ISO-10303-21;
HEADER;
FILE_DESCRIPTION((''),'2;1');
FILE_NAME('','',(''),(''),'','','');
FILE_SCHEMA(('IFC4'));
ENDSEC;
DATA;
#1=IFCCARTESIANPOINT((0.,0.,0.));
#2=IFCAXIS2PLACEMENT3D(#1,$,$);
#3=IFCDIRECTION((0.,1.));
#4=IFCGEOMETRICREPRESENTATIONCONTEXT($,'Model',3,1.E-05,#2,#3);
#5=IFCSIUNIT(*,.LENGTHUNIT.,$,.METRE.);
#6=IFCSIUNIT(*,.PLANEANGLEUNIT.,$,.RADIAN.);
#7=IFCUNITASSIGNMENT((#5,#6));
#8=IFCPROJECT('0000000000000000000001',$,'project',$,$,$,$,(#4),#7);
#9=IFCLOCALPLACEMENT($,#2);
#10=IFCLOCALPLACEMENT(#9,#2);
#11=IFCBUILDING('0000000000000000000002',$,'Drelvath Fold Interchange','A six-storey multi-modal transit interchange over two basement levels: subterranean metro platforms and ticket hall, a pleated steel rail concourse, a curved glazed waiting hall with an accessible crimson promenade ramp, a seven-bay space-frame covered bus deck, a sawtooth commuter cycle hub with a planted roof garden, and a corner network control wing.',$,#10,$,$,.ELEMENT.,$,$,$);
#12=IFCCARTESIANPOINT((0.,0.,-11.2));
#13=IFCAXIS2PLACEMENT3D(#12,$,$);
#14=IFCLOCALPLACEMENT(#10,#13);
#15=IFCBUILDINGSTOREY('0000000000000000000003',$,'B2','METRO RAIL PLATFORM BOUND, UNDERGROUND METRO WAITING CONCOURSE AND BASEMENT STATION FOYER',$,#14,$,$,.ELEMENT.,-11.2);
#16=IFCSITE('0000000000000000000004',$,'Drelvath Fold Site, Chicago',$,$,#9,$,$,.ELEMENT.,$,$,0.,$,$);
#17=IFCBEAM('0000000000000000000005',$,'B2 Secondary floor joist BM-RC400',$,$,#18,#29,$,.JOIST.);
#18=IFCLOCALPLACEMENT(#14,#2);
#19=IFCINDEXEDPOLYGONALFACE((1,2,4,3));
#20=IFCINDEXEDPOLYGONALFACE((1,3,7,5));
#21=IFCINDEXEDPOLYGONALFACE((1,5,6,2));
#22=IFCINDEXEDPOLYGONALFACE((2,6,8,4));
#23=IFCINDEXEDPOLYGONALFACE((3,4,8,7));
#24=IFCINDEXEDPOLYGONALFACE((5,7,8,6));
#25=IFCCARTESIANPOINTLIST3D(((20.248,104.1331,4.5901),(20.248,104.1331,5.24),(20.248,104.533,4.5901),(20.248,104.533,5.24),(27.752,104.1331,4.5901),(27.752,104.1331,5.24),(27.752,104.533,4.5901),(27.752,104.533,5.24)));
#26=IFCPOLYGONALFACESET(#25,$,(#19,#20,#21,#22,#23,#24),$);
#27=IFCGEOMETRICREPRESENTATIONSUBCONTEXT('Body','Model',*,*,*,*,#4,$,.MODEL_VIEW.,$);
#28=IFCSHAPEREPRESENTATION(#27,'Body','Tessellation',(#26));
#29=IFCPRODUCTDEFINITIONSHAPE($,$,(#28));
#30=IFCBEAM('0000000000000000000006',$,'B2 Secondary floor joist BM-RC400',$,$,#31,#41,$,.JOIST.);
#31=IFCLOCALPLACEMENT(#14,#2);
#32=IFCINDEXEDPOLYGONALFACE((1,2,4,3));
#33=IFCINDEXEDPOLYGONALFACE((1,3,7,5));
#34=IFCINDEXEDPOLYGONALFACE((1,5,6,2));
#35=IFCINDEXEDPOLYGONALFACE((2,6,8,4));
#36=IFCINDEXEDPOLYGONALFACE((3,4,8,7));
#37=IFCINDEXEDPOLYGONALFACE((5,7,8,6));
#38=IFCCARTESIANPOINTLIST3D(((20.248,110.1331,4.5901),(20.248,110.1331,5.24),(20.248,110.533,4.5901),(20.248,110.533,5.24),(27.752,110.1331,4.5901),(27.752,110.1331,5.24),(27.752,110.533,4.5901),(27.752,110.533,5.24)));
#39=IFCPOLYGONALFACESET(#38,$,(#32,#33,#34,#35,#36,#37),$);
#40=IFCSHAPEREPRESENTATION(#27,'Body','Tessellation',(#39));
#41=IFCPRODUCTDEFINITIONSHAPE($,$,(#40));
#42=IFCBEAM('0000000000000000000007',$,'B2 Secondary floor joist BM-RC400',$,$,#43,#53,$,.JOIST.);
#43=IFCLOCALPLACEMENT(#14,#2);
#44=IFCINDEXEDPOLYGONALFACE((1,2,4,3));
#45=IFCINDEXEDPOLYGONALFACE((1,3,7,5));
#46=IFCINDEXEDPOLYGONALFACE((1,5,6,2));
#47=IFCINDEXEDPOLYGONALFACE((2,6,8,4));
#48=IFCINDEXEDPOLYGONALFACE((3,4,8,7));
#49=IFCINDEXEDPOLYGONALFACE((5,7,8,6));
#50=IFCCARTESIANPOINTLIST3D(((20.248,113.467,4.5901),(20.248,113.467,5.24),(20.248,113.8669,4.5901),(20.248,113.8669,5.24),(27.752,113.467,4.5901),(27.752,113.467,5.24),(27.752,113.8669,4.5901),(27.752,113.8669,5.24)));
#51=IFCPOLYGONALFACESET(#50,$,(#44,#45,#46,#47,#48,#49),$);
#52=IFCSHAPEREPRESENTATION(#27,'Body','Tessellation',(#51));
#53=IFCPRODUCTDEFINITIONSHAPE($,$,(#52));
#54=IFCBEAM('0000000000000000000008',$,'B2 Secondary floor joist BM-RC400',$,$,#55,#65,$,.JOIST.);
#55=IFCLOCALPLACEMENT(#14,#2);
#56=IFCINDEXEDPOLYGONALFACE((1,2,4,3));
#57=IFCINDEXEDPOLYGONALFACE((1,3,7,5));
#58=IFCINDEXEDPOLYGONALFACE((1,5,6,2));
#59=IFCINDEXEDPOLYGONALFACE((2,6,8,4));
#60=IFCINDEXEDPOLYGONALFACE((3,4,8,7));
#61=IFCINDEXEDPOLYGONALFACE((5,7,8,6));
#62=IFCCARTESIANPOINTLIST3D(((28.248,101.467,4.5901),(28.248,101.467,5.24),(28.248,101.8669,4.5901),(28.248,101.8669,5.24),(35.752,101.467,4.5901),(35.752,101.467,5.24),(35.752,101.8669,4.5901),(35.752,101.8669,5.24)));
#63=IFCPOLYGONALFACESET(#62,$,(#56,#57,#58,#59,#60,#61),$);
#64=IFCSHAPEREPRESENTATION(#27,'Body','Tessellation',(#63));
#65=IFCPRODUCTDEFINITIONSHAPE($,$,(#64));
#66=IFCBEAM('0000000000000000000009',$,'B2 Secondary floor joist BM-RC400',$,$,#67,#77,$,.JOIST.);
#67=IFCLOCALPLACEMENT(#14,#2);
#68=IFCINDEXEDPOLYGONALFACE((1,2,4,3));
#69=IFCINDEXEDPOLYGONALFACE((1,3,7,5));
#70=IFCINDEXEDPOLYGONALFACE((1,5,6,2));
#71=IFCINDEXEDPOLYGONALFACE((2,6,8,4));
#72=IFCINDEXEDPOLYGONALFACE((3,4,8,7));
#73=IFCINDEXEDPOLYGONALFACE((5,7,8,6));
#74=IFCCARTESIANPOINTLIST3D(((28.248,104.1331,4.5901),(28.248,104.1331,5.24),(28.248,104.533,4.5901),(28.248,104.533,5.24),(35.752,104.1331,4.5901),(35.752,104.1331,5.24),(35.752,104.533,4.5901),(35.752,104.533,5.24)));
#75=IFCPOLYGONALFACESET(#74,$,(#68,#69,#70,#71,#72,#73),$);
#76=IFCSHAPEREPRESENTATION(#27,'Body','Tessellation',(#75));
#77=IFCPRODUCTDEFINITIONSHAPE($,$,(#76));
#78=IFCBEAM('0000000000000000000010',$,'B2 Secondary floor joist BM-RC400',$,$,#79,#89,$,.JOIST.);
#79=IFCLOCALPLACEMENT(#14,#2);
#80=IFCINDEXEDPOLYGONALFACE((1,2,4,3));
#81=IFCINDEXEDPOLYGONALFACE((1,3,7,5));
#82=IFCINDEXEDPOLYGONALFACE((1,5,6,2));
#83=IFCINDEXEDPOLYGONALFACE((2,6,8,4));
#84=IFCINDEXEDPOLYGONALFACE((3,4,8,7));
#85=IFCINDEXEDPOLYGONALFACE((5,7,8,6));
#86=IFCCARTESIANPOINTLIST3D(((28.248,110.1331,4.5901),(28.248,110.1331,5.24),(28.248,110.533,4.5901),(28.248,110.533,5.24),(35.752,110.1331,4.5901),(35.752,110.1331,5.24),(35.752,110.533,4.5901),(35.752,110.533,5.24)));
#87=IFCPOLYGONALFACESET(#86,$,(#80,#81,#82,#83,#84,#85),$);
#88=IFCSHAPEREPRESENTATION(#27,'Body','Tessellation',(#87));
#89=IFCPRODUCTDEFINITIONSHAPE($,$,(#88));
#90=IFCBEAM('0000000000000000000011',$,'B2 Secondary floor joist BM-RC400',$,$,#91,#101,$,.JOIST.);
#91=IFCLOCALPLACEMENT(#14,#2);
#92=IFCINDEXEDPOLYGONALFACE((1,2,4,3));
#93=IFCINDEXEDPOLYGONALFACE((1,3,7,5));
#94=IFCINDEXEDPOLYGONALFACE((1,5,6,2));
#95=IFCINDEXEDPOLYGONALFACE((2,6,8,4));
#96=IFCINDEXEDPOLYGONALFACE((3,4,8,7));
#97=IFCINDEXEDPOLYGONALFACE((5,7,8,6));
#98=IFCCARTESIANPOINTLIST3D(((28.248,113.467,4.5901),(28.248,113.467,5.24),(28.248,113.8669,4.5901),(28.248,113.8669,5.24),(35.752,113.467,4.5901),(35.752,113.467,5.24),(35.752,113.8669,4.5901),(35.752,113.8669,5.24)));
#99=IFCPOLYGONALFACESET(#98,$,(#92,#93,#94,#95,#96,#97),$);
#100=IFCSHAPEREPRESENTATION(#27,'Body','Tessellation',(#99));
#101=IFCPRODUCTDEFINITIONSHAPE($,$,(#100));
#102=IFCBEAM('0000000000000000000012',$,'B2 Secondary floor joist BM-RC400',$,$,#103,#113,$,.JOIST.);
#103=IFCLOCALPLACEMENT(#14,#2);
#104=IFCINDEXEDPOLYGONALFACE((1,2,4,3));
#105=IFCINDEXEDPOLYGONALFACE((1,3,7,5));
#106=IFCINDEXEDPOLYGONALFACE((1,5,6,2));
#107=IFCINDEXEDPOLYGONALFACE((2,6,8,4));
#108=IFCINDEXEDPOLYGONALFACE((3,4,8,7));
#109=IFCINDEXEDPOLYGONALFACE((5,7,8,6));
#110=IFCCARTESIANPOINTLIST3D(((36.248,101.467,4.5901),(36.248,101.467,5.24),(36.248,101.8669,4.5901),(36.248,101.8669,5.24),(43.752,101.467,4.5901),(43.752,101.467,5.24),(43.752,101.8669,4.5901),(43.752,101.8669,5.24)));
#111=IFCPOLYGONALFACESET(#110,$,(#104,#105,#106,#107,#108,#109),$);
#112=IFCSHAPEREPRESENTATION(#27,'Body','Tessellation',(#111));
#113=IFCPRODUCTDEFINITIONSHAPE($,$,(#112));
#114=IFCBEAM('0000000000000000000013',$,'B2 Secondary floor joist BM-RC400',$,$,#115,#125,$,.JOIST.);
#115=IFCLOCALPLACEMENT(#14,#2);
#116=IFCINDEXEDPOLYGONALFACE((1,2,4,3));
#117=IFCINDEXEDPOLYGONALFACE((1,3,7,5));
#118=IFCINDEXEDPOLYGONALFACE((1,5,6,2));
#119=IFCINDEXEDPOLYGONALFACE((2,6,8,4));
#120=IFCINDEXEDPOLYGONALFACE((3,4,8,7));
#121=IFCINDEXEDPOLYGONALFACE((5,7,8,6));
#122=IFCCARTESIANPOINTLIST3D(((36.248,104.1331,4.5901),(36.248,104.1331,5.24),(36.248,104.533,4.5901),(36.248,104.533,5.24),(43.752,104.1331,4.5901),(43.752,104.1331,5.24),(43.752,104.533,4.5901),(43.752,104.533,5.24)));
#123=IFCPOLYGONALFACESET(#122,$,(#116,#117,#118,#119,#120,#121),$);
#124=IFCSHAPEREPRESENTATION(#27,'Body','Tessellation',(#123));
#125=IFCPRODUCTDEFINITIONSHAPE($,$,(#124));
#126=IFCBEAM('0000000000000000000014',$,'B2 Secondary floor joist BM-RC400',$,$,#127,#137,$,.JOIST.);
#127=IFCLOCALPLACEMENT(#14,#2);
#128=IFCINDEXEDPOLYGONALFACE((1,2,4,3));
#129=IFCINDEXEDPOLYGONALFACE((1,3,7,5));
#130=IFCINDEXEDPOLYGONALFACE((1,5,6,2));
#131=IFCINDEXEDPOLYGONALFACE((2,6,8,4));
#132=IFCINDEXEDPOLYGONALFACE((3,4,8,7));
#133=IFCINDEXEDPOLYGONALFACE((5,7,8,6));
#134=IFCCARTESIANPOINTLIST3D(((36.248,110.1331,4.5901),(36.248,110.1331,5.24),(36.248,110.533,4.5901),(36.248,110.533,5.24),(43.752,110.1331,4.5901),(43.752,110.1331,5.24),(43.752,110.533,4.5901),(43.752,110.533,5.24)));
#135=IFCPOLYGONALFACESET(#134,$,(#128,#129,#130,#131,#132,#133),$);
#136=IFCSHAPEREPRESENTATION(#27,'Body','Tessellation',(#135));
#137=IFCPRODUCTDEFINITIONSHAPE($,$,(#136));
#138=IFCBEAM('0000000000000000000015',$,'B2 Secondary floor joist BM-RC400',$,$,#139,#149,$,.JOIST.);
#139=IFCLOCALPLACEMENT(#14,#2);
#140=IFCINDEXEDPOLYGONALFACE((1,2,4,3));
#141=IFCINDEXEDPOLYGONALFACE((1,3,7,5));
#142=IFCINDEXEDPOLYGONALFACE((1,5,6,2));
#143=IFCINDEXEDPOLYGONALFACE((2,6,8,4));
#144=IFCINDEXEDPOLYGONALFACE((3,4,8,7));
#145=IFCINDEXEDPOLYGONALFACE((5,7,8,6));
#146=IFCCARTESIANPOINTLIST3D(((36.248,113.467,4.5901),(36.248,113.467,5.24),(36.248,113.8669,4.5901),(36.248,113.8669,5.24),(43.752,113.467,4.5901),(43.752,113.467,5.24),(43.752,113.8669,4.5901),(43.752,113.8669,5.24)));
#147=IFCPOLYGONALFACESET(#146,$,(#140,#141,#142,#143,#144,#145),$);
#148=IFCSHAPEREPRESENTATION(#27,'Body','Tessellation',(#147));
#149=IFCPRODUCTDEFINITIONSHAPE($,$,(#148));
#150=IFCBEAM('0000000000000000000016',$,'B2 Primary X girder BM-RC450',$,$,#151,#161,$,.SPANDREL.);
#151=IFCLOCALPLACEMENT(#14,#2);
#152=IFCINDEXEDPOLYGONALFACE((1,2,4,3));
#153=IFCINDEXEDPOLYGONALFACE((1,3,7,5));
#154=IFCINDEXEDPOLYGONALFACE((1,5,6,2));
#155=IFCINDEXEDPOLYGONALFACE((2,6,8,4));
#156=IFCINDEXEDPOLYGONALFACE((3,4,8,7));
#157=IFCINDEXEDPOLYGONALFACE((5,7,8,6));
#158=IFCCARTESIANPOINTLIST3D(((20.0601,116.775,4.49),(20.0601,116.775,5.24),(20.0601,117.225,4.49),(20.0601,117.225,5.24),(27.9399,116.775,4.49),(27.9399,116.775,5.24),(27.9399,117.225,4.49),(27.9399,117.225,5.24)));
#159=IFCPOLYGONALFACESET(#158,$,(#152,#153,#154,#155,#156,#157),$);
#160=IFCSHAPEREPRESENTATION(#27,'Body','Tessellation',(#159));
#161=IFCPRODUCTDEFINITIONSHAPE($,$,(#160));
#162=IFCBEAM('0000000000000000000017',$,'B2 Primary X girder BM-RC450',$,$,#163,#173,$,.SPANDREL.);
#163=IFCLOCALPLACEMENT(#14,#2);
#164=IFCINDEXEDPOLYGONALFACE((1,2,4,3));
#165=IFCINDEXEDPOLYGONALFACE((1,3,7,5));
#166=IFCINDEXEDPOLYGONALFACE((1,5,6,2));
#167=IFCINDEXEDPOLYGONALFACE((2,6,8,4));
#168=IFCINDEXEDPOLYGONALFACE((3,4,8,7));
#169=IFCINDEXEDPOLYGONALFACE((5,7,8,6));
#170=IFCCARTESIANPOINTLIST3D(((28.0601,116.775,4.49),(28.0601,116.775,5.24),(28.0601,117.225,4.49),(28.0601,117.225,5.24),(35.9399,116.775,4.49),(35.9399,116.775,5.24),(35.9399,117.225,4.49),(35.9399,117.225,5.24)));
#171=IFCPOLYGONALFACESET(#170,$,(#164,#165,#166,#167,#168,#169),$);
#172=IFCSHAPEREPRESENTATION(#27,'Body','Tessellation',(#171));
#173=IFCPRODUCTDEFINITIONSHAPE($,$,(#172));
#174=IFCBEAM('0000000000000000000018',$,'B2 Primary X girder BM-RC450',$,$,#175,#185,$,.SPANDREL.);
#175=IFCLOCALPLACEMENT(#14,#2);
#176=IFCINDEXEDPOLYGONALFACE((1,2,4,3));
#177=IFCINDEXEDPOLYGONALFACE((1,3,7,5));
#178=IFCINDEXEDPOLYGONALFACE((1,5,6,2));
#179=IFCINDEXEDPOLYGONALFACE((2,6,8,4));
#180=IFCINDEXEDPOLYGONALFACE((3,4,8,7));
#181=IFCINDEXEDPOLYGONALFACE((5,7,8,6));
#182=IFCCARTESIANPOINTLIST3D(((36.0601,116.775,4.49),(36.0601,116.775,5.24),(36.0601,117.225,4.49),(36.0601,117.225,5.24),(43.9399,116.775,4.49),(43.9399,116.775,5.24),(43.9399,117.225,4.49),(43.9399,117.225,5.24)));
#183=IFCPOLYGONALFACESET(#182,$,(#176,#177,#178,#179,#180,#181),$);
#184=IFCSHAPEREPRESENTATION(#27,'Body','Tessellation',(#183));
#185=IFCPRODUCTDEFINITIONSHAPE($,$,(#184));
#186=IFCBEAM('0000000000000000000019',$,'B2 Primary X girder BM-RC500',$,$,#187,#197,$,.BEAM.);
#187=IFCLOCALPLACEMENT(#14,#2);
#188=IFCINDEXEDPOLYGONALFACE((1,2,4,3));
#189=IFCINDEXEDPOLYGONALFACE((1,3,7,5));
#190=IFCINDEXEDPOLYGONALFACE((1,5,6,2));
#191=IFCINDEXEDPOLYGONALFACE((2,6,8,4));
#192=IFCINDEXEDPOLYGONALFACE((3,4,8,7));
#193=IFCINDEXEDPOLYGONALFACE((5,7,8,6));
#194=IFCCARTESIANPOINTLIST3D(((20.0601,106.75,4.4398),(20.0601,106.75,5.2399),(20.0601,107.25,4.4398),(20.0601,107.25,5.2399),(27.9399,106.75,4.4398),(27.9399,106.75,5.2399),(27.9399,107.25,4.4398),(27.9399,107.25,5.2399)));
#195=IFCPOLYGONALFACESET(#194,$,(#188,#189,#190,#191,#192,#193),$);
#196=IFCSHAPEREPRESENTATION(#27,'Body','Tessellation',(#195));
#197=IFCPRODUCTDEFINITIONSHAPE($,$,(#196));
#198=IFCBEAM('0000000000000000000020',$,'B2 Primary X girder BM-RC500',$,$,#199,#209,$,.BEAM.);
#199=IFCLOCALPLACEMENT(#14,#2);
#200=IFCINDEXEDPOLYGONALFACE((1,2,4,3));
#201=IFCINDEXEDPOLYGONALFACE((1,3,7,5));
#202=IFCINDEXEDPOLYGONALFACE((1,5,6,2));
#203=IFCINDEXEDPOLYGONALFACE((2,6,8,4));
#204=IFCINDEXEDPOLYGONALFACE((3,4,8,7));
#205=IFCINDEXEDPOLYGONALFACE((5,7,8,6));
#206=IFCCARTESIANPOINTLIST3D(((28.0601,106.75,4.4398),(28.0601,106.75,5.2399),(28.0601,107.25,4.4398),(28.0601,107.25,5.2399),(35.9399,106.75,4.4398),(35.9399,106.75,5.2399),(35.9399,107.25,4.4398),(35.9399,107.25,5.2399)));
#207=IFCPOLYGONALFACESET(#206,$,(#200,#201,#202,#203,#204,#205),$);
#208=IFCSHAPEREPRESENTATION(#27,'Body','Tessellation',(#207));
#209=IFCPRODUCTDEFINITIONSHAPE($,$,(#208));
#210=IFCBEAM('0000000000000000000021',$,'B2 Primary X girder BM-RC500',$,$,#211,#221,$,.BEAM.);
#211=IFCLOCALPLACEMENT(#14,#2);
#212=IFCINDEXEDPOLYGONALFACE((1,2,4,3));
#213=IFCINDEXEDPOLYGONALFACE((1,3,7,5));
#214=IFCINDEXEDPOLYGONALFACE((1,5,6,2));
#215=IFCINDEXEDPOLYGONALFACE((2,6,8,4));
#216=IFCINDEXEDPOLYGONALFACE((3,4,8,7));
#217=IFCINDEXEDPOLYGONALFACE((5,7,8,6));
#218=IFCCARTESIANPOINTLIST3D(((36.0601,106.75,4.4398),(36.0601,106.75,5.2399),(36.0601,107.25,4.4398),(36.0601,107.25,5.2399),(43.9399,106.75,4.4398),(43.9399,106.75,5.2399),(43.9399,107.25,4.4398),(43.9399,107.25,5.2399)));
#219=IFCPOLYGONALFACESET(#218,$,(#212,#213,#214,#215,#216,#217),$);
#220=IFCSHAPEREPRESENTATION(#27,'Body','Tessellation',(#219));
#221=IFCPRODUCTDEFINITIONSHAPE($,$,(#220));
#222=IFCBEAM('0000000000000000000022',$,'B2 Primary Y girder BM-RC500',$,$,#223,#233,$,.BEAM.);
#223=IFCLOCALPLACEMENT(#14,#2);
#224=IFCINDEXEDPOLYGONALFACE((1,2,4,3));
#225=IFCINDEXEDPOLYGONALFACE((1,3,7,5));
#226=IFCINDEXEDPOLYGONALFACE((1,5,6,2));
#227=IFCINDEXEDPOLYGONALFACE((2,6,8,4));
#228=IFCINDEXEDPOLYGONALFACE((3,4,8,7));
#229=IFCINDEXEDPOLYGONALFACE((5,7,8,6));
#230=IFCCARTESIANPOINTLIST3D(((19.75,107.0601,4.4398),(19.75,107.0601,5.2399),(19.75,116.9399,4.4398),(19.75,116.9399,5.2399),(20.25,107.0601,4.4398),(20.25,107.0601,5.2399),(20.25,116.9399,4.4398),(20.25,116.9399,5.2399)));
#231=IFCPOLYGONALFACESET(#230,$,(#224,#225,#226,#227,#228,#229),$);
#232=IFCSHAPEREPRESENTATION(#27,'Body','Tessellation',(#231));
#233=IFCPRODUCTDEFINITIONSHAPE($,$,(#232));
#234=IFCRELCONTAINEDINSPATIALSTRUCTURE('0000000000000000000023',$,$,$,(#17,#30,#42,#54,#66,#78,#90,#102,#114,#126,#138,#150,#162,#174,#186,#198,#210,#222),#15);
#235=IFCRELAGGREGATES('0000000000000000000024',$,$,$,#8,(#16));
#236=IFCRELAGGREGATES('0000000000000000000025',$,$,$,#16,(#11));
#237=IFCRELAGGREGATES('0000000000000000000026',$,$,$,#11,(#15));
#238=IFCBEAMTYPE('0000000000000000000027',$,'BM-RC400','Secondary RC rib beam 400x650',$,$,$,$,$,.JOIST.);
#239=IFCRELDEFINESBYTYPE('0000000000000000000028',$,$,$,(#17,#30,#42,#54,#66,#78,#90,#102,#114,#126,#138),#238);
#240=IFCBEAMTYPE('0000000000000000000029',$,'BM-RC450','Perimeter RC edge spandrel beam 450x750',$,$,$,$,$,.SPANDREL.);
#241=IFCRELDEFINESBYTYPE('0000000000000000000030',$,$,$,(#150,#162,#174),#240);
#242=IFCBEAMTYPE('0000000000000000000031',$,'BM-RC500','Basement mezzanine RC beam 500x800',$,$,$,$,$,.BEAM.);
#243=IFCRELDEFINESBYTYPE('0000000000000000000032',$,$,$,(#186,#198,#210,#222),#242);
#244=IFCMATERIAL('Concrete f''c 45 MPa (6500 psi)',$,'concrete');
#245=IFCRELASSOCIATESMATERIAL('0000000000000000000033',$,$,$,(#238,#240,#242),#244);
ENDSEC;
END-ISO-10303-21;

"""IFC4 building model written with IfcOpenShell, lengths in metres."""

from ifc_helpers import new_model, si_unit, direction, frame, origin, origin_2d, place, context, subcontext, project, spatial, rectangle, extrude, material, material_profile, profile_set, type_object, element, save


model = new_model("IFC4")

# Units and contexts
model_context = context("Model", 3, precision=1e-05, world=origin(), true_north=direction((0.0, 1.0)))
body_context = subcontext(model_context, "Body", "Model", "MODEL_VIEW")
ifc_project = project(units=[si_unit("LENGTHUNIT", "METRE"), si_unit("PLANEANGLEUNIT", "RADIAN")], contexts=[model_context])

# Site, building, storey
site_placement = place(None, origin())
site = spatial("IfcSite", under=ifc_project, at=site_placement, Name="Drelvath Fold Site, Chicago", CompositionType="ELEMENT", RefElevation=0.0)
building_placement = place(site_placement, origin())
building = spatial("IfcBuilding", under=site, at=building_placement, Name="Drelvath Fold Interchange", Description="A six-storey multi-modal transit interchange over two basement levels: subterranean metro platforms and ticket hall, a pleated steel rail concourse, a curved glazed waiting hall with an accessible crimson promenade ramp, a seven-bay space-frame covered bus deck, a sawtooth commuter cycle hub with a planted roof garden, and a corner network control wing.", CompositionType="ELEMENT")
storey_placement = place(building_placement, frame((0.0, 0.0, -11.2)))
storey = spatial("IfcBuildingStorey", under=building, at=storey_placement, Name="B2", Description="METRO RAIL PLATFORM BOUND, UNDERGROUND METRO WAITING CONCOURSE AND BASEMENT STATION FOYER", CompositionType="ELEMENT", Elevation=-11.2)

# Beams
ifc_material_1 = material(Name="Concrete f'c 45 MPa (6500 psi)", Category="concrete")
ifc_material_profile_1 = material_profile(ifc_material_1, rectangle(XDim=0.3999, YDim=0.6499, at=origin_2d()), Name="RC 400x650")
ifc_profile_set_1 = profile_set([ifc_material_profile_1], Name="Concrete f'c 45 MPa (6500 psi)")
beam_type_1 = type_object("IfcBeamType", Name="BM-RC400", Description="Secondary RC rib beam 400x650", PredefinedType="JOIST", material=ifc_profile_set_1)
for number, where, z_axis, x_axis, name in (
    (1, (20.248, 104.333, 4.915), (1.0, 0.0, 0.0), (0.0, 1.0, 0.0), "B2 Secondary floor joist BM-RC400"),
    (2, (20.248, 110.333, 4.915), (1.0, 0.0, 0.0), (0.0, 1.0, 0.0), "B2 Secondary floor joist BM-RC400"),
    (3, (20.248, 113.667, 4.915), (1.0, 0.0, 0.0), (0.0, 1.0, 0.0), "B2 Secondary floor joist BM-RC400"),
    (4, (28.248, 101.667, 4.915), (1.0, 0.0, 0.0), (0.0, 1.0, 0.0), "B2 Secondary floor joist BM-RC400"),
    (5, (28.248, 104.333, 4.915), (1.0, 0.0, 0.0), (0.0, 1.0, 0.0), "B2 Secondary floor joist BM-RC400"),
    (6, (28.248, 110.333, 4.915), (1.0, 0.0, 0.0), (0.0, 1.0, 0.0), "B2 Secondary floor joist BM-RC400"),
    (7, (28.248, 113.667, 4.915), (1.0, 0.0, 0.0), (0.0, 1.0, 0.0), "B2 Secondary floor joist BM-RC400"),
    (8, (36.248, 101.667, 4.915), (1.0, 0.0, 0.0), (0.0, 1.0, 0.0), "B2 Secondary floor joist BM-RC400"),
    (9, (36.248, 104.333, 4.915), (1.0, 0.0, 0.0), (0.0, 1.0, 0.0), "B2 Secondary floor joist BM-RC400"),
    (10, (36.248, 110.333, 4.915), (1.0, 0.0, 0.0), (0.0, 1.0, 0.0), "B2 Secondary floor joist BM-RC400"),
    (11, (36.248, 113.667, 4.915), (1.0, 0.0, 0.0), (0.0, 1.0, 0.0), "B2 Secondary floor joist BM-RC400"),
):
    element("IfcBeam", number, at=place(storey_placement, frame(where, z_axis=z_axis, x_axis=x_axis)), inside=storey, type_object=beam_type_1, Name=name, PredefinedType="JOIST", context=body_context, shape_type="SweptSolid", body=[
        extrude(rectangle(XDim=0.3999, YDim=0.6499, at=origin_2d()), origin(), (0.0, 0.0, 1.0), 7.5039),
    ])
ifc_material_profile_2 = material_profile(ifc_material_1, rectangle(XDim=0.45, YDim=0.75, at=origin_2d()), Name="RC 450x750")
ifc_profile_set_2 = profile_set([ifc_material_profile_2], Name="Concrete f'c 45 MPa (6500 psi)")
beam_type_2 = type_object("IfcBeamType", Name="BM-RC450", Description="Perimeter RC edge spandrel beam 450x750", PredefinedType="SPANDREL", material=ifc_profile_set_2)
for number, where, z_axis, x_axis, name in (
    (12, (20.0601, 117.0, 4.865), (1.0, 0.0, 0.0), (0.0, 1.0, 0.0), "B2 Primary X girder BM-RC450"),
    (13, (28.0601, 117.0, 4.865), (1.0, 0.0, 0.0), (0.0, 1.0, 0.0), "B2 Primary X girder BM-RC450"),
    (14, (36.0601, 117.0, 4.865), (1.0, 0.0, 0.0), (0.0, 1.0, 0.0), "B2 Primary X girder BM-RC450"),
):
    element("IfcBeam", number, at=place(storey_placement, frame(where, z_axis=z_axis, x_axis=x_axis)), inside=storey, type_object=beam_type_2, Name=name, PredefinedType="SPANDREL", context=body_context, shape_type="SweptSolid", body=[
        extrude(rectangle(XDim=0.45, YDim=0.75, at=origin_2d()), origin(), (0.0, 0.0, 1.0), 7.8799),
    ])
ifc_material_profile_3 = material_profile(ifc_material_1, rectangle(XDim=0.5, YDim=0.8, at=origin_2d()), Name="RC 500x800")
ifc_profile_set_3 = profile_set([ifc_material_profile_3], Name="Concrete f'c 45 MPa (6500 psi)")
beam_type_3 = type_object("IfcBeamType", Name="BM-RC500", Description="Basement mezzanine RC beam 500x800", PredefinedType="BEAM", material=ifc_profile_set_3)
for number, where, z_axis, x_axis, name in (
    (15, (20.0601, 107.0, 4.8398), (1.0, 0.0, 0.0), (0.0, 1.0, 0.0), "B2 Primary X girder BM-RC500"),
    (16, (28.0601, 107.0, 4.8398), (1.0, 0.0, 0.0), (0.0, 1.0, 0.0), "B2 Primary X girder BM-RC500"),
    (17, (36.0601, 107.0, 4.8398), (1.0, 0.0, 0.0), (0.0, 1.0, 0.0), "B2 Primary X girder BM-RC500"),
):
    element("IfcBeam", number, at=place(storey_placement, frame(where, z_axis=z_axis, x_axis=x_axis)), inside=storey, type_object=beam_type_3, Name=name, PredefinedType="BEAM", context=body_context, shape_type="SweptSolid", body=[
        extrude(rectangle(XDim=0.5, YDim=0.8, at=origin_2d()), origin(), (0.0, 0.0, 1.0), 7.8799),
    ])
for number, where, z_axis, x_axis, name in (
    (18, (20.0, 107.0601, 4.8398), (0.0, 1.0, 0.0), (-1.0, 0.0, 0.0), "B2 Primary Y girder BM-RC500"),
):
    element("IfcBeam", number, at=place(storey_placement, frame(where, z_axis=z_axis, x_axis=x_axis)), inside=storey, type_object=beam_type_3, Name=name, PredefinedType="BEAM", context=body_context, shape_type="SweptSolid", body=[
        extrude(rectangle(XDim=0.5, YDim=0.8, at=origin_2d()), origin(), (0.0, 0.0, 1.0), 9.8799),
    ])

save(model, "model.ifc")
